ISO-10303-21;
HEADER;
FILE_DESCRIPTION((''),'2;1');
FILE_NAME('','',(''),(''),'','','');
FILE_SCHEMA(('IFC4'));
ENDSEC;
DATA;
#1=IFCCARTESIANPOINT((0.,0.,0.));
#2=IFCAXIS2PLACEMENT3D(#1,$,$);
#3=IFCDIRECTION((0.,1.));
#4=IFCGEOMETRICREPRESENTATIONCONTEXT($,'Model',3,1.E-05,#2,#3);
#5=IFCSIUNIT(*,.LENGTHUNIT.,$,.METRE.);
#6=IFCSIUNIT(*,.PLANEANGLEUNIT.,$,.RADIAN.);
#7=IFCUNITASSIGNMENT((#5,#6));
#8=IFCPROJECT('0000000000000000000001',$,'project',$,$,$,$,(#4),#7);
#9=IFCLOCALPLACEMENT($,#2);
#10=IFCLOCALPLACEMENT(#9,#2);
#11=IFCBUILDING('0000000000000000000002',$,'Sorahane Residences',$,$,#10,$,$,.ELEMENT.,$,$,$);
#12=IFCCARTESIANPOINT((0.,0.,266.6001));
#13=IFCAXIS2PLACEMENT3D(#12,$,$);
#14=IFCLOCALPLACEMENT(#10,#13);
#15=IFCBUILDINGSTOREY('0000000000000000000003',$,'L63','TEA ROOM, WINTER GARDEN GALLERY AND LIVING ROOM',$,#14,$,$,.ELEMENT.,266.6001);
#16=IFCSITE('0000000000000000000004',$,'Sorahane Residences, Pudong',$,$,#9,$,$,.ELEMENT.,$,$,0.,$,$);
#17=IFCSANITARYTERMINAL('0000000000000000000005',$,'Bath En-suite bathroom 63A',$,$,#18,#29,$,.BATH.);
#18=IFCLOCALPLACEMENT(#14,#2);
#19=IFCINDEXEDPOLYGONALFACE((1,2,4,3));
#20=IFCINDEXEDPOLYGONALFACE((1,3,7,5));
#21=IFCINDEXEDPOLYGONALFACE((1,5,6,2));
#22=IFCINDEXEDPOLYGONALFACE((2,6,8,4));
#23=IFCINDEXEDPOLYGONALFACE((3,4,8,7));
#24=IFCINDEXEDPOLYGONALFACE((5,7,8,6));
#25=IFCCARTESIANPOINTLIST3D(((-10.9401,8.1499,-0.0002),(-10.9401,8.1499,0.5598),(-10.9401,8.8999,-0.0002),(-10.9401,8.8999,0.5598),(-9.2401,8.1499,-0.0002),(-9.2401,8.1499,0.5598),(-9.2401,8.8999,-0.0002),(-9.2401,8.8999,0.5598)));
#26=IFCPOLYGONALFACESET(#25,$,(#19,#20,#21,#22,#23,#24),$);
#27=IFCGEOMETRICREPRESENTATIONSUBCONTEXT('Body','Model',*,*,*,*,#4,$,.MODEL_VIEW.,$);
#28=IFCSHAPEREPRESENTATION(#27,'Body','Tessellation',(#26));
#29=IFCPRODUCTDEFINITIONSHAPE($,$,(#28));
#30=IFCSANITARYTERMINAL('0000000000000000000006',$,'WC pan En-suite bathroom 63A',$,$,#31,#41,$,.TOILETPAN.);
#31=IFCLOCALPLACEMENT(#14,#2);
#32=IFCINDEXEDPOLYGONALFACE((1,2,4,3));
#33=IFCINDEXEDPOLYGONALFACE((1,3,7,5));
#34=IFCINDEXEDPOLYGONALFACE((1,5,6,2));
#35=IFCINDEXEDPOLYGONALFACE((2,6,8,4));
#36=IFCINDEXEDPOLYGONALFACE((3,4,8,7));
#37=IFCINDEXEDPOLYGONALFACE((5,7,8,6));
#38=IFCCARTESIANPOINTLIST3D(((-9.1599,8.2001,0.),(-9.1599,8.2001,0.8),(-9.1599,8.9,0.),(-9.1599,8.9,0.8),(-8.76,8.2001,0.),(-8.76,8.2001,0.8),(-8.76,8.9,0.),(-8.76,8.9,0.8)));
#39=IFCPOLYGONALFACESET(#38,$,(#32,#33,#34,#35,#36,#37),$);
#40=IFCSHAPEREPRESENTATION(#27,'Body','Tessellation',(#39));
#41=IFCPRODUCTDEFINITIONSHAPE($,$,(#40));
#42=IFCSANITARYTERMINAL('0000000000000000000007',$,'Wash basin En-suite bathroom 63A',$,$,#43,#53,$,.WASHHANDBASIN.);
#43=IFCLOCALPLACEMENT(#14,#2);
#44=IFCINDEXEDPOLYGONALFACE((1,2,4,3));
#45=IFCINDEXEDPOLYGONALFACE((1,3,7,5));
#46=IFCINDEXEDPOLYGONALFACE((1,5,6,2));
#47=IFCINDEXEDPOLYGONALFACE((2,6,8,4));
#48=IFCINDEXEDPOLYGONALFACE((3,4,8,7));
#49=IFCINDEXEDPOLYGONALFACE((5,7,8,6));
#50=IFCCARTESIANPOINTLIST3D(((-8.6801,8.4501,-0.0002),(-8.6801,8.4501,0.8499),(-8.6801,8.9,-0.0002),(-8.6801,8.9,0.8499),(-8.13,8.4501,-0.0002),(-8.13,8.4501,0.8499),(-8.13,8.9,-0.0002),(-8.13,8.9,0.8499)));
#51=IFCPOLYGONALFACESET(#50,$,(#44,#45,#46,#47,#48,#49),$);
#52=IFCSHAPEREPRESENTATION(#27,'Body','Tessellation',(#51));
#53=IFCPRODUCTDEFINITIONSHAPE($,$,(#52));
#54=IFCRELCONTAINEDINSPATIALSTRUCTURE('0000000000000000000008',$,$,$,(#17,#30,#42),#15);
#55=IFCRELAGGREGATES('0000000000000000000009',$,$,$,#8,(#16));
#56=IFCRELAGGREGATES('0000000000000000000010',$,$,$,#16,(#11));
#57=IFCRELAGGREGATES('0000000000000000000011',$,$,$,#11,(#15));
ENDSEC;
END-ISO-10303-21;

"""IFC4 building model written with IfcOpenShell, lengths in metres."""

from ifc_helpers import new_model, si_unit, direction, frame, origin, origin_2d, place, context, subcontext, project, spatial, rectangle, extrude, element, save


model = new_model("IFC4")

# Units and contexts
model_context = context("Model", 3, precision=1e-05, world=origin(), true_north=direction((0.0, 1.0)))
body_context = subcontext(model_context, "Body", "Model", "MODEL_VIEW")
ifc_project = project(units=[si_unit("LENGTHUNIT", "METRE"), si_unit("PLANEANGLEUNIT", "RADIAN")], contexts=[model_context])

# Site, building, storey
site_placement = place(None, origin())
site = spatial("IfcSite", under=ifc_project, at=site_placement, Name="Sorahane Residences, Pudong", CompositionType="ELEMENT", RefElevation=0.0)
building_placement = place(site_placement, origin())
building = spatial("IfcBuilding", under=site, at=building_placement, Name="Sorahane Residences", CompositionType="ELEMENT")
storey_placement = place(building_placement, frame((0.0, 0.0, 266.6001)))
storey = spatial("IfcBuildingStorey", under=building, at=storey_placement, Name="L63", Description="TEA ROOM, WINTER GARDEN GALLERY AND LIVING ROOM", CompositionType="ELEMENT", Elevation=266.6001)

# Sanitary terminals
sanitary_terminal_1_placement = place(storey_placement, frame((-10.0901, 8.5249, -0.0002), z_axis=(0.0, 0.0, 1.0), x_axis=(1.0, 0.0, 0.0)))
element("IfcSanitaryTerminal", 1, at=sanitary_terminal_1_placement, inside=storey, Name="Bath En-suite bathroom 63A", PredefinedType="BATH", context=body_context, shape_type="SweptSolid", body=[
    extrude(rectangle(XDim=1.7, YDim=0.75, at=origin_2d()), origin(), (0.0, 0.0, 1.0), 0.5601),
])
sanitary_terminal_2_placement = place(storey_placement, frame((-8.96, 8.55, 0.0), z_axis=(0.0, 0.0, 1.0), x_axis=(1.0, 0.0, 0.0)))
element("IfcSanitaryTerminal", 2, at=sanitary_terminal_2_placement, inside=storey, Name="WC pan En-suite bathroom 63A", PredefinedType="TOILETPAN", context=body_context, shape_type="SweptSolid", body=[
    extrude(rectangle(XDim=0.3999, YDim=0.7, at=origin_2d()), origin(), (0.0, 0.0, 1.0), 0.8),
])
sanitary_terminal_3_placement = place(storey_placement, frame((-8.405, 8.675, -0.0002), z_axis=(0.0, 0.0, 1.0), x_axis=(1.0, 0.0, 0.0)))
element("IfcSanitaryTerminal", 3, at=sanitary_terminal_3_placement, inside=storey, Name="Wash basin En-suite bathroom 63A", PredefinedType="WASHHANDBASIN", context=body_context, shape_type="SweptSolid", body=[
    extrude(rectangle(XDim=0.55, YDim=0.45, at=origin_2d()), origin(), (0.0, 0.0, 1.0), 0.8501),
])

save(model, "model.ifc")
